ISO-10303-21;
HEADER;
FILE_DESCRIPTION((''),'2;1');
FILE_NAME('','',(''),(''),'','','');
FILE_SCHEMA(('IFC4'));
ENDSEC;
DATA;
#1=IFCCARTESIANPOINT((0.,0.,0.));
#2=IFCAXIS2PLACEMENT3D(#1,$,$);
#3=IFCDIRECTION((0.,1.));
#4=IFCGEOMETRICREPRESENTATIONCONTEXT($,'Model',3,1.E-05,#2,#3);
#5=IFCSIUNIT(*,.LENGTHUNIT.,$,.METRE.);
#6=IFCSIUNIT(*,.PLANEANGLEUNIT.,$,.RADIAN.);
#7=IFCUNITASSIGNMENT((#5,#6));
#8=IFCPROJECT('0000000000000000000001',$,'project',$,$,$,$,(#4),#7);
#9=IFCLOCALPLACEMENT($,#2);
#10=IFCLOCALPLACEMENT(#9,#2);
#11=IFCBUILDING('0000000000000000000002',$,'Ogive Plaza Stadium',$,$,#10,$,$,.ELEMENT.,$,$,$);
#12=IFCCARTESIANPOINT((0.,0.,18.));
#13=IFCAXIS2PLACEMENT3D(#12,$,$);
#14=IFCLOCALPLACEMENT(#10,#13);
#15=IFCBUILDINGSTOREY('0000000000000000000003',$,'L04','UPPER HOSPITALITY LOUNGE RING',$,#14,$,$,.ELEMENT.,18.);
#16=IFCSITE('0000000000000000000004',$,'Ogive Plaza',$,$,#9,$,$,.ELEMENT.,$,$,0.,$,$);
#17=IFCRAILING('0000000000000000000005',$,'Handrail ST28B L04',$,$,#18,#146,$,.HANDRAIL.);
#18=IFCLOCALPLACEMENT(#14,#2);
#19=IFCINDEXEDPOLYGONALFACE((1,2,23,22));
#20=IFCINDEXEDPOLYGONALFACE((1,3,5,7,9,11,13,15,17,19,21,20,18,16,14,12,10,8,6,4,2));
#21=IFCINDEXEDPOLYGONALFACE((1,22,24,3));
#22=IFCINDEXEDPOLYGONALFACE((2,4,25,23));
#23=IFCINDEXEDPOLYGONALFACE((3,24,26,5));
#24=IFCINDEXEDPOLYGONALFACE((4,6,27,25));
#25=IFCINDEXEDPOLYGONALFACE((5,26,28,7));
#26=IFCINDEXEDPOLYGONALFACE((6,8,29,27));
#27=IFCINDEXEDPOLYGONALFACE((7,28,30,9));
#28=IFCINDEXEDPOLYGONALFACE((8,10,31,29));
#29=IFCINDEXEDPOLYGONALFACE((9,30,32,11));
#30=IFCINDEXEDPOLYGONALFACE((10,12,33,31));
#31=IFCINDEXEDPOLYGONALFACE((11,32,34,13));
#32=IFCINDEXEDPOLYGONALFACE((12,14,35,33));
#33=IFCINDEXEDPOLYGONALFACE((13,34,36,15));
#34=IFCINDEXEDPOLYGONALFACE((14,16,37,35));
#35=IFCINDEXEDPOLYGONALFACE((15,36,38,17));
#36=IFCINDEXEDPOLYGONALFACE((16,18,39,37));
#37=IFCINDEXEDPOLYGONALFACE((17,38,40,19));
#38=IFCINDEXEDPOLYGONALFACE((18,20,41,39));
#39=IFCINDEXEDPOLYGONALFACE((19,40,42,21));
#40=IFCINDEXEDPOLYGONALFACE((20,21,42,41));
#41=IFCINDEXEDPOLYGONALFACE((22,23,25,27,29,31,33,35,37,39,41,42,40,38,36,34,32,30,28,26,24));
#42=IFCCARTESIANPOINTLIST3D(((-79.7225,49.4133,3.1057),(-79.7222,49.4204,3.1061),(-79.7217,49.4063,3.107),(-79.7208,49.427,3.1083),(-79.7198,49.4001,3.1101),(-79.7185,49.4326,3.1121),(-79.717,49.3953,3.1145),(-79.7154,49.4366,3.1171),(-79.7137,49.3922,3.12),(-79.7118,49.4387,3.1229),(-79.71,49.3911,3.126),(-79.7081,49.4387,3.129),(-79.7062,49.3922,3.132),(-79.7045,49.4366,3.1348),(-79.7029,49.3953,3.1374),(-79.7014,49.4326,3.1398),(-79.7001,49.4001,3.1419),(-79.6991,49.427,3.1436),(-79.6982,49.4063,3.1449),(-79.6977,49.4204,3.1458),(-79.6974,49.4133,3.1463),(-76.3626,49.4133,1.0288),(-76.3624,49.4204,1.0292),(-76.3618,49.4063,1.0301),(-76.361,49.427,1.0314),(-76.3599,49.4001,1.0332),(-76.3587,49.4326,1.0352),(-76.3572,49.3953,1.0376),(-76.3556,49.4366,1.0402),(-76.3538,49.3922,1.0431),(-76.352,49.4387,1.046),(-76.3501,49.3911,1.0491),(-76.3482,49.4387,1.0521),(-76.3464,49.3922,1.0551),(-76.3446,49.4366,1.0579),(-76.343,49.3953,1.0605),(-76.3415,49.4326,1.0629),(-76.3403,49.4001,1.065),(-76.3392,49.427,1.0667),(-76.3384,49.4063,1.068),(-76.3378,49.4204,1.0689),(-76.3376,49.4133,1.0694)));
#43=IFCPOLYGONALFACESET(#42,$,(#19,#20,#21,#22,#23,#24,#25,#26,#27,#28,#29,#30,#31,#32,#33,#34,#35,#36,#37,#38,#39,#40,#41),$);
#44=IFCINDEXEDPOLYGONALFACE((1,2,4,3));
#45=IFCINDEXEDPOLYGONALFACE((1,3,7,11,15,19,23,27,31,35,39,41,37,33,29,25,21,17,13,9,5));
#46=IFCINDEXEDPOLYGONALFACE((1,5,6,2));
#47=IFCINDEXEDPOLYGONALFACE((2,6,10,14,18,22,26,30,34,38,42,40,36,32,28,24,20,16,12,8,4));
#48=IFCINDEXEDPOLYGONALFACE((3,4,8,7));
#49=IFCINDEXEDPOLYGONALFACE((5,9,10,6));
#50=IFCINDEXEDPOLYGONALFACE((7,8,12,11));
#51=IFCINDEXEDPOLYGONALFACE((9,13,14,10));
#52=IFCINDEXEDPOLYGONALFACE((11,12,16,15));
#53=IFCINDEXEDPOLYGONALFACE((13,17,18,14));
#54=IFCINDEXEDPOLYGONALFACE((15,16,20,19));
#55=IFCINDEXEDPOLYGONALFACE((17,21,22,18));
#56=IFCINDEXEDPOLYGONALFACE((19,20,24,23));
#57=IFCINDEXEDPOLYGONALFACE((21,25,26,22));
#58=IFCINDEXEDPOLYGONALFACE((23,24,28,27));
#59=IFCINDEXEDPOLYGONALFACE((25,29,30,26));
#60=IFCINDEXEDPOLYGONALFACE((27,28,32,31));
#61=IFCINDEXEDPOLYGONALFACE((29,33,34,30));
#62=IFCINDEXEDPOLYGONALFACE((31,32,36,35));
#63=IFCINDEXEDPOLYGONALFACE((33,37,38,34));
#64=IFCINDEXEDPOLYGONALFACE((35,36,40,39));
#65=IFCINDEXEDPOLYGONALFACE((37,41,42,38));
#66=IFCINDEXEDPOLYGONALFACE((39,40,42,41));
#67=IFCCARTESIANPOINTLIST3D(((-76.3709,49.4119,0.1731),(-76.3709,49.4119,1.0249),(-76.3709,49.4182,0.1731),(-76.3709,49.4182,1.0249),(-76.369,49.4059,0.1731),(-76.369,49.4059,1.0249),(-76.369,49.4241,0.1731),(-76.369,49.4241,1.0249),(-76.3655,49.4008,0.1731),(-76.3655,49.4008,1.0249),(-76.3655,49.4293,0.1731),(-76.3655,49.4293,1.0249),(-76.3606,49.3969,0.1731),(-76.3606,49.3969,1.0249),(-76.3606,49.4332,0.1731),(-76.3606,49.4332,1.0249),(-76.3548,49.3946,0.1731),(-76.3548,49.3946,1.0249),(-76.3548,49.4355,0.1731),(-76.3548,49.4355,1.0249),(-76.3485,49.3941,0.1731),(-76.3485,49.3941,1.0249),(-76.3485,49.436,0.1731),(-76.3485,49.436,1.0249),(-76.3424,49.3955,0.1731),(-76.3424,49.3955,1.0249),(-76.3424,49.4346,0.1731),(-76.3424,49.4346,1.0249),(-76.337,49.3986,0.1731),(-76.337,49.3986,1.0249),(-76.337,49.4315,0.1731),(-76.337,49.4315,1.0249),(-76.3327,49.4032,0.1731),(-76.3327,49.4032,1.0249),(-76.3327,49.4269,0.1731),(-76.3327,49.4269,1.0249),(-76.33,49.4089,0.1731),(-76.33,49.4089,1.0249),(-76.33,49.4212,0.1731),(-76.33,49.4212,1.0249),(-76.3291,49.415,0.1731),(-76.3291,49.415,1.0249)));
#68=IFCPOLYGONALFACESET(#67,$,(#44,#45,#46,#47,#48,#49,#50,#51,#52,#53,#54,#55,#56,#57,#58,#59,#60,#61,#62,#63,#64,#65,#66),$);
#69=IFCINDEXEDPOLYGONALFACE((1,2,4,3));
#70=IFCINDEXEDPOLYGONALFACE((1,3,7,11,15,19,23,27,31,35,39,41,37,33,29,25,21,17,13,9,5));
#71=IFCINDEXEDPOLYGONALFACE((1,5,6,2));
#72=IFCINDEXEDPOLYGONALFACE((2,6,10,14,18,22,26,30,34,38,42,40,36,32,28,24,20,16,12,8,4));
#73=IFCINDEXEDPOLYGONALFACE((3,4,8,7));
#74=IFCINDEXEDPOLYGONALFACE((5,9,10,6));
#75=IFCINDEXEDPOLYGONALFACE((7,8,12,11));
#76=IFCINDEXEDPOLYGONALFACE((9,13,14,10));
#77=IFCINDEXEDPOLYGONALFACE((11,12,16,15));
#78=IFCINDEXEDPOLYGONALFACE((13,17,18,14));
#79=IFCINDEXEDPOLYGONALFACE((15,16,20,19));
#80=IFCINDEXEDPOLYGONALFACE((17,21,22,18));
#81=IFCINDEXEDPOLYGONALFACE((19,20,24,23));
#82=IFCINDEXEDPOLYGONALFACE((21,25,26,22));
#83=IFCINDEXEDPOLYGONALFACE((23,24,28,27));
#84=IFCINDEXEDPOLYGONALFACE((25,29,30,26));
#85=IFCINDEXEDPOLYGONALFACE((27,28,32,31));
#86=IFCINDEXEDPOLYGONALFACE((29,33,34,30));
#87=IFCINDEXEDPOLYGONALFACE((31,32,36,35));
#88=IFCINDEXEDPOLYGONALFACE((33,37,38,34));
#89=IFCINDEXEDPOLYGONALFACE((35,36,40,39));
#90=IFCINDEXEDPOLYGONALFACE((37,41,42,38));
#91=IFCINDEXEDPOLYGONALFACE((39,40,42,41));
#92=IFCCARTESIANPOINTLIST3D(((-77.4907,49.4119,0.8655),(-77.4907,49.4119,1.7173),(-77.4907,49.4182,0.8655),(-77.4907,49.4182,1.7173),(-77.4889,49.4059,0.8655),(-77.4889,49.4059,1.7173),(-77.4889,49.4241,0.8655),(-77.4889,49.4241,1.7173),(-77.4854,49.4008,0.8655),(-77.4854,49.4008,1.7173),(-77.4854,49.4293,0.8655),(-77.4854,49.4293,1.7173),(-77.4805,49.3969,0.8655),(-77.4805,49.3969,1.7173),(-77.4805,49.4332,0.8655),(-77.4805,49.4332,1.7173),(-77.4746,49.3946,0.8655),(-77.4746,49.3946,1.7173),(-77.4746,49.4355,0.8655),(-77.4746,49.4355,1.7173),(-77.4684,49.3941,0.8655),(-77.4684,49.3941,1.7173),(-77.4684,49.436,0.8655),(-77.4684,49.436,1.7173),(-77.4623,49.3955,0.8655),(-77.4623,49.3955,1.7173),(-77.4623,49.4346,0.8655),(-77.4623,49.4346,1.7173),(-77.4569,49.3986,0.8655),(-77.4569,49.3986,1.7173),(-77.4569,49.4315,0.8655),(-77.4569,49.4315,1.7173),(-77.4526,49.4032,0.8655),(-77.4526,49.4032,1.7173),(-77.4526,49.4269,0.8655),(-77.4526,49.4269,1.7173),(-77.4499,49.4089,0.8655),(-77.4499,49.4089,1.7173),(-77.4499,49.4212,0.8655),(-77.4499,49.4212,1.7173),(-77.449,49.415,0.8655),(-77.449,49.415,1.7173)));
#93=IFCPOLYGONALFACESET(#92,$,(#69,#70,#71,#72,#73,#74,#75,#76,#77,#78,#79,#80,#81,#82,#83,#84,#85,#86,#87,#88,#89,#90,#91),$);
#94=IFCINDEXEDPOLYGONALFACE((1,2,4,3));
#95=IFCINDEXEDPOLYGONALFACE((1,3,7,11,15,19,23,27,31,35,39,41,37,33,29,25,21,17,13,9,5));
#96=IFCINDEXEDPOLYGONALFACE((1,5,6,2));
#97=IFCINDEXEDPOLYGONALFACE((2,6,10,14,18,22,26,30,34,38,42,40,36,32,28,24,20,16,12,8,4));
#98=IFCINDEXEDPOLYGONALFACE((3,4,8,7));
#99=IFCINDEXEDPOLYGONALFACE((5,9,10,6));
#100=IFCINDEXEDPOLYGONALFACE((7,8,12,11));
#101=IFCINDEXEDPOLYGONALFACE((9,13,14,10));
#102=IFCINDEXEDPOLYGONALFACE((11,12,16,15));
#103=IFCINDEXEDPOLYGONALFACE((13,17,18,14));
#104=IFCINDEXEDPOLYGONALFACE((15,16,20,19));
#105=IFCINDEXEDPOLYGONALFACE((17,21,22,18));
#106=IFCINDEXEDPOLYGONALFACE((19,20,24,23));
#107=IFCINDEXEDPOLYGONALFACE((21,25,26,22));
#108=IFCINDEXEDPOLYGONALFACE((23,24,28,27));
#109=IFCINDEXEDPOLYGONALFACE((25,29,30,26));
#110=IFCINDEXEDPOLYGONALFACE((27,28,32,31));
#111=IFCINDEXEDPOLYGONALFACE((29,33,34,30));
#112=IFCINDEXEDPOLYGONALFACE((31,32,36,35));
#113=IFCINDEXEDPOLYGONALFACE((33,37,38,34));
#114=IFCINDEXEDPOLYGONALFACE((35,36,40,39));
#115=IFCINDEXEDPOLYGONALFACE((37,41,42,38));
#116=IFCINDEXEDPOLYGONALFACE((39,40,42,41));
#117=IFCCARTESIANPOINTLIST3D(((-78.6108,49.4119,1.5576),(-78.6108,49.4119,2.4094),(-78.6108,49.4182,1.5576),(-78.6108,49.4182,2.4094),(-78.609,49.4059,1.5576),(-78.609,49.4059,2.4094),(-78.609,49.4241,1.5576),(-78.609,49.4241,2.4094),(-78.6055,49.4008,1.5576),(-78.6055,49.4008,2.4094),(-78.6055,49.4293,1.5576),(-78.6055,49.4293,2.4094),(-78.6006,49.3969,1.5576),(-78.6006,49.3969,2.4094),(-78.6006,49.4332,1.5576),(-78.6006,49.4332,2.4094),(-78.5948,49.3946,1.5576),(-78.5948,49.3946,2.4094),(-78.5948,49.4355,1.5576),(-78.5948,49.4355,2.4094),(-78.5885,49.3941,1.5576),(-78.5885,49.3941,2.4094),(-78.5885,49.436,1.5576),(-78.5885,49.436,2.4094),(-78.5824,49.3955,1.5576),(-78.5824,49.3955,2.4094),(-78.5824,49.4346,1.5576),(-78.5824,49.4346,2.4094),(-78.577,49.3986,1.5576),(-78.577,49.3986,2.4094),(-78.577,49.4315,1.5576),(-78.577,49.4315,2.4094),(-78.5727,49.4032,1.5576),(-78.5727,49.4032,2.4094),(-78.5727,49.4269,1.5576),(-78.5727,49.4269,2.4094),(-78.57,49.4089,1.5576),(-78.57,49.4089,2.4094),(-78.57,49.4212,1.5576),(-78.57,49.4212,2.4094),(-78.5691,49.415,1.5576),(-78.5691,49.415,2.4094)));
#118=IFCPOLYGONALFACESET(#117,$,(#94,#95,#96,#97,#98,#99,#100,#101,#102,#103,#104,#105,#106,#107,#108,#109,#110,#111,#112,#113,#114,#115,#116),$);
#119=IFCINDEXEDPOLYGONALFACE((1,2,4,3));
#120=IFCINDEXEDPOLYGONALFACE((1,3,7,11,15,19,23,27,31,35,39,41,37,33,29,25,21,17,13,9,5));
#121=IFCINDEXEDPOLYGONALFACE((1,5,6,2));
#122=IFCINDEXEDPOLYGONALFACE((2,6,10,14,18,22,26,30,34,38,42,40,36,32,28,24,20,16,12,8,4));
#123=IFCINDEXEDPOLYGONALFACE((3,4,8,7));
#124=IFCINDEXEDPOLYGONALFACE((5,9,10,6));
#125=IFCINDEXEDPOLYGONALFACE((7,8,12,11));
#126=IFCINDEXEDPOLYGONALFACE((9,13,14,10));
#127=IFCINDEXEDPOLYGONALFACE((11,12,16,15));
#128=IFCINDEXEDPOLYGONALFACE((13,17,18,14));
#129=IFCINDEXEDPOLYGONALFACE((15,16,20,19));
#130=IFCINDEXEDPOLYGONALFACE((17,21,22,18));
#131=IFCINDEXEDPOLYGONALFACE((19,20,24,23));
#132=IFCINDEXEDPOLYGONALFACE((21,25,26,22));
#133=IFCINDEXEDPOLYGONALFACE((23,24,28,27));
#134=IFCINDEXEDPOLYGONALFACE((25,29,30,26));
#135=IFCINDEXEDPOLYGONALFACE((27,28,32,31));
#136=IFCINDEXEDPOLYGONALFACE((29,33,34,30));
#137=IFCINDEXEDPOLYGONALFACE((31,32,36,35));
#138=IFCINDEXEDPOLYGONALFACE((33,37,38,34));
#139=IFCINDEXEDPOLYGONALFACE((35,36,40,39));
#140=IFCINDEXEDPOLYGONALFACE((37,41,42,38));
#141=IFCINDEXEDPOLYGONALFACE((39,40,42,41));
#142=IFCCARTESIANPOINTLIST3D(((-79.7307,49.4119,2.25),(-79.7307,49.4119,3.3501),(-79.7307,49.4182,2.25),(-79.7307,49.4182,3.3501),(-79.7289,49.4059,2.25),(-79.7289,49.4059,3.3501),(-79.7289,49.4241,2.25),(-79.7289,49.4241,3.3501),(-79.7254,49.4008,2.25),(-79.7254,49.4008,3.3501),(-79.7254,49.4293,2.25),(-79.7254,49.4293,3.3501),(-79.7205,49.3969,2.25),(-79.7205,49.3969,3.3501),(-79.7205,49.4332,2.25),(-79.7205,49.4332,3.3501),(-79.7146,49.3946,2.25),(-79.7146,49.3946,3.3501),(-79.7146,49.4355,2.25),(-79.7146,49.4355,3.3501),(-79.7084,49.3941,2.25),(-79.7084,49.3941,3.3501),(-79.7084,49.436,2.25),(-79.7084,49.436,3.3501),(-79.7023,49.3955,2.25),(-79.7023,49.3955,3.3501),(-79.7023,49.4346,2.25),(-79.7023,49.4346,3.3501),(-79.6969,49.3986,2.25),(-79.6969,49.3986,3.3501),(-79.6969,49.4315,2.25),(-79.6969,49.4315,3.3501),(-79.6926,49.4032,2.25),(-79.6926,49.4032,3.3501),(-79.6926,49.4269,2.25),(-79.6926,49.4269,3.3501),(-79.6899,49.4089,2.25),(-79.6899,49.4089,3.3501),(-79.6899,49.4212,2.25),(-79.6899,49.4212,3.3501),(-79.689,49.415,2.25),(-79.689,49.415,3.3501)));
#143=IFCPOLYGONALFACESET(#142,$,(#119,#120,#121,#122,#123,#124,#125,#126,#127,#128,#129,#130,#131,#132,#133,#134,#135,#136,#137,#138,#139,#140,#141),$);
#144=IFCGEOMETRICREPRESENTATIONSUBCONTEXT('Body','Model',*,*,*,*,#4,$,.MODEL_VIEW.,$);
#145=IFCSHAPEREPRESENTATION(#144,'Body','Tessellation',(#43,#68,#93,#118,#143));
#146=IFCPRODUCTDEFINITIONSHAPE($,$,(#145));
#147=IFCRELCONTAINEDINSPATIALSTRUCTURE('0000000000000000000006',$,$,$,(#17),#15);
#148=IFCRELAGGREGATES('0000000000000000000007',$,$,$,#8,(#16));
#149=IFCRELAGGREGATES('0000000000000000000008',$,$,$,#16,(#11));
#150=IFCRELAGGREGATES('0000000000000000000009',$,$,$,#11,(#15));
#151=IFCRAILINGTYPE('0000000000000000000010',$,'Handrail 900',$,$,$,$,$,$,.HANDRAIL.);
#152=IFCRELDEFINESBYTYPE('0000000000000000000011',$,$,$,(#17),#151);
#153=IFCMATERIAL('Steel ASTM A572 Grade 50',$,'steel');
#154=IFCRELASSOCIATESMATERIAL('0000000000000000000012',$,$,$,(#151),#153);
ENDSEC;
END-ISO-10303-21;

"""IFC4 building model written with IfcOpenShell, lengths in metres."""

from ifc_helpers import new_model, si_unit, direction, frame, origin, origin_2d, place, context, subcontext, project, spatial, circle, extrude, material, type_object, element, save


model = new_model("IFC4")

# Units and contexts
model_context = context("Model", 3, precision=1e-05, world=origin(), true_north=direction((0.0, 1.0)))
body_context = subcontext(model_context, "Body", "Model", "MODEL_VIEW")
ifc_project = project(units=[si_unit("LENGTHUNIT", "METRE"), si_unit("PLANEANGLEUNIT", "RADIAN")], contexts=[model_context])

# Site, building, storey
site_placement = place(None, origin())
site = spatial("IfcSite", under=ifc_project, at=site_placement, Name="Ogive Plaza", CompositionType="ELEMENT", RefElevation=0.0)
building_placement = place(site_placement, origin())
building = spatial("IfcBuilding", under=site, at=building_placement, Name="Ogive Plaza Stadium", CompositionType="ELEMENT")
storey_placement = place(building_placement, frame((0.0, 0.0, 18.0)))
storey = spatial("IfcBuildingStorey", under=building, at=storey_placement, Name="L04", Description="UPPER HOSPITALITY LOUNGE RING", CompositionType="ELEMENT", Elevation=18.0)

# Railing
ifc_material_1 = material(Name="Steel ASTM A572 Grade 50", Category="steel")
railing_type_1 = type_object("IfcRailingType", Name="Handrail 900", PredefinedType="HANDRAIL", material=ifc_material_1)
for number, where, name in (
    (1, (-76.3501, 49.415, 0.1731), "Handrail ST28B L04"),
):
    element("IfcRailing", number, at=place(storey_placement, frame(where)), inside=storey, type_object=railing_type_1, Name=name, PredefinedType="HANDRAIL", context=body_context, shape_type="SweptSolid", body=[
        extrude(circle(Radius=0.0239, at=origin_2d()), frame((0.0, 0.0, 0.876), z_axis=(-0.850606, 0.0, 0.525803), x_axis=(0.0, -1.0, 0.0)), (0.0, 0.0, 1.0), 3.95),
        extrude(circle(Radius=0.021, at=origin_2d()), origin(), (0.0, 0.0, 1.0), 0.8518),
        extrude(circle(Radius=0.021, at=origin_2d()), frame((-1.1199, 0.0, 0.6924)), (0.0, 0.0, 1.0), 0.8518),
        extrude(circle(Radius=0.021, at=origin_2d()), frame((-2.24, 0.0, 1.3845)), (0.0, 0.0, 1.0), 0.8518),
        extrude(circle(Radius=0.021, at=origin_2d()), frame((-3.3599, 0.0, 2.0769)), (0.0, 0.0, 1.0), 1.1001),
    ])

save(model, "model.ifc")
